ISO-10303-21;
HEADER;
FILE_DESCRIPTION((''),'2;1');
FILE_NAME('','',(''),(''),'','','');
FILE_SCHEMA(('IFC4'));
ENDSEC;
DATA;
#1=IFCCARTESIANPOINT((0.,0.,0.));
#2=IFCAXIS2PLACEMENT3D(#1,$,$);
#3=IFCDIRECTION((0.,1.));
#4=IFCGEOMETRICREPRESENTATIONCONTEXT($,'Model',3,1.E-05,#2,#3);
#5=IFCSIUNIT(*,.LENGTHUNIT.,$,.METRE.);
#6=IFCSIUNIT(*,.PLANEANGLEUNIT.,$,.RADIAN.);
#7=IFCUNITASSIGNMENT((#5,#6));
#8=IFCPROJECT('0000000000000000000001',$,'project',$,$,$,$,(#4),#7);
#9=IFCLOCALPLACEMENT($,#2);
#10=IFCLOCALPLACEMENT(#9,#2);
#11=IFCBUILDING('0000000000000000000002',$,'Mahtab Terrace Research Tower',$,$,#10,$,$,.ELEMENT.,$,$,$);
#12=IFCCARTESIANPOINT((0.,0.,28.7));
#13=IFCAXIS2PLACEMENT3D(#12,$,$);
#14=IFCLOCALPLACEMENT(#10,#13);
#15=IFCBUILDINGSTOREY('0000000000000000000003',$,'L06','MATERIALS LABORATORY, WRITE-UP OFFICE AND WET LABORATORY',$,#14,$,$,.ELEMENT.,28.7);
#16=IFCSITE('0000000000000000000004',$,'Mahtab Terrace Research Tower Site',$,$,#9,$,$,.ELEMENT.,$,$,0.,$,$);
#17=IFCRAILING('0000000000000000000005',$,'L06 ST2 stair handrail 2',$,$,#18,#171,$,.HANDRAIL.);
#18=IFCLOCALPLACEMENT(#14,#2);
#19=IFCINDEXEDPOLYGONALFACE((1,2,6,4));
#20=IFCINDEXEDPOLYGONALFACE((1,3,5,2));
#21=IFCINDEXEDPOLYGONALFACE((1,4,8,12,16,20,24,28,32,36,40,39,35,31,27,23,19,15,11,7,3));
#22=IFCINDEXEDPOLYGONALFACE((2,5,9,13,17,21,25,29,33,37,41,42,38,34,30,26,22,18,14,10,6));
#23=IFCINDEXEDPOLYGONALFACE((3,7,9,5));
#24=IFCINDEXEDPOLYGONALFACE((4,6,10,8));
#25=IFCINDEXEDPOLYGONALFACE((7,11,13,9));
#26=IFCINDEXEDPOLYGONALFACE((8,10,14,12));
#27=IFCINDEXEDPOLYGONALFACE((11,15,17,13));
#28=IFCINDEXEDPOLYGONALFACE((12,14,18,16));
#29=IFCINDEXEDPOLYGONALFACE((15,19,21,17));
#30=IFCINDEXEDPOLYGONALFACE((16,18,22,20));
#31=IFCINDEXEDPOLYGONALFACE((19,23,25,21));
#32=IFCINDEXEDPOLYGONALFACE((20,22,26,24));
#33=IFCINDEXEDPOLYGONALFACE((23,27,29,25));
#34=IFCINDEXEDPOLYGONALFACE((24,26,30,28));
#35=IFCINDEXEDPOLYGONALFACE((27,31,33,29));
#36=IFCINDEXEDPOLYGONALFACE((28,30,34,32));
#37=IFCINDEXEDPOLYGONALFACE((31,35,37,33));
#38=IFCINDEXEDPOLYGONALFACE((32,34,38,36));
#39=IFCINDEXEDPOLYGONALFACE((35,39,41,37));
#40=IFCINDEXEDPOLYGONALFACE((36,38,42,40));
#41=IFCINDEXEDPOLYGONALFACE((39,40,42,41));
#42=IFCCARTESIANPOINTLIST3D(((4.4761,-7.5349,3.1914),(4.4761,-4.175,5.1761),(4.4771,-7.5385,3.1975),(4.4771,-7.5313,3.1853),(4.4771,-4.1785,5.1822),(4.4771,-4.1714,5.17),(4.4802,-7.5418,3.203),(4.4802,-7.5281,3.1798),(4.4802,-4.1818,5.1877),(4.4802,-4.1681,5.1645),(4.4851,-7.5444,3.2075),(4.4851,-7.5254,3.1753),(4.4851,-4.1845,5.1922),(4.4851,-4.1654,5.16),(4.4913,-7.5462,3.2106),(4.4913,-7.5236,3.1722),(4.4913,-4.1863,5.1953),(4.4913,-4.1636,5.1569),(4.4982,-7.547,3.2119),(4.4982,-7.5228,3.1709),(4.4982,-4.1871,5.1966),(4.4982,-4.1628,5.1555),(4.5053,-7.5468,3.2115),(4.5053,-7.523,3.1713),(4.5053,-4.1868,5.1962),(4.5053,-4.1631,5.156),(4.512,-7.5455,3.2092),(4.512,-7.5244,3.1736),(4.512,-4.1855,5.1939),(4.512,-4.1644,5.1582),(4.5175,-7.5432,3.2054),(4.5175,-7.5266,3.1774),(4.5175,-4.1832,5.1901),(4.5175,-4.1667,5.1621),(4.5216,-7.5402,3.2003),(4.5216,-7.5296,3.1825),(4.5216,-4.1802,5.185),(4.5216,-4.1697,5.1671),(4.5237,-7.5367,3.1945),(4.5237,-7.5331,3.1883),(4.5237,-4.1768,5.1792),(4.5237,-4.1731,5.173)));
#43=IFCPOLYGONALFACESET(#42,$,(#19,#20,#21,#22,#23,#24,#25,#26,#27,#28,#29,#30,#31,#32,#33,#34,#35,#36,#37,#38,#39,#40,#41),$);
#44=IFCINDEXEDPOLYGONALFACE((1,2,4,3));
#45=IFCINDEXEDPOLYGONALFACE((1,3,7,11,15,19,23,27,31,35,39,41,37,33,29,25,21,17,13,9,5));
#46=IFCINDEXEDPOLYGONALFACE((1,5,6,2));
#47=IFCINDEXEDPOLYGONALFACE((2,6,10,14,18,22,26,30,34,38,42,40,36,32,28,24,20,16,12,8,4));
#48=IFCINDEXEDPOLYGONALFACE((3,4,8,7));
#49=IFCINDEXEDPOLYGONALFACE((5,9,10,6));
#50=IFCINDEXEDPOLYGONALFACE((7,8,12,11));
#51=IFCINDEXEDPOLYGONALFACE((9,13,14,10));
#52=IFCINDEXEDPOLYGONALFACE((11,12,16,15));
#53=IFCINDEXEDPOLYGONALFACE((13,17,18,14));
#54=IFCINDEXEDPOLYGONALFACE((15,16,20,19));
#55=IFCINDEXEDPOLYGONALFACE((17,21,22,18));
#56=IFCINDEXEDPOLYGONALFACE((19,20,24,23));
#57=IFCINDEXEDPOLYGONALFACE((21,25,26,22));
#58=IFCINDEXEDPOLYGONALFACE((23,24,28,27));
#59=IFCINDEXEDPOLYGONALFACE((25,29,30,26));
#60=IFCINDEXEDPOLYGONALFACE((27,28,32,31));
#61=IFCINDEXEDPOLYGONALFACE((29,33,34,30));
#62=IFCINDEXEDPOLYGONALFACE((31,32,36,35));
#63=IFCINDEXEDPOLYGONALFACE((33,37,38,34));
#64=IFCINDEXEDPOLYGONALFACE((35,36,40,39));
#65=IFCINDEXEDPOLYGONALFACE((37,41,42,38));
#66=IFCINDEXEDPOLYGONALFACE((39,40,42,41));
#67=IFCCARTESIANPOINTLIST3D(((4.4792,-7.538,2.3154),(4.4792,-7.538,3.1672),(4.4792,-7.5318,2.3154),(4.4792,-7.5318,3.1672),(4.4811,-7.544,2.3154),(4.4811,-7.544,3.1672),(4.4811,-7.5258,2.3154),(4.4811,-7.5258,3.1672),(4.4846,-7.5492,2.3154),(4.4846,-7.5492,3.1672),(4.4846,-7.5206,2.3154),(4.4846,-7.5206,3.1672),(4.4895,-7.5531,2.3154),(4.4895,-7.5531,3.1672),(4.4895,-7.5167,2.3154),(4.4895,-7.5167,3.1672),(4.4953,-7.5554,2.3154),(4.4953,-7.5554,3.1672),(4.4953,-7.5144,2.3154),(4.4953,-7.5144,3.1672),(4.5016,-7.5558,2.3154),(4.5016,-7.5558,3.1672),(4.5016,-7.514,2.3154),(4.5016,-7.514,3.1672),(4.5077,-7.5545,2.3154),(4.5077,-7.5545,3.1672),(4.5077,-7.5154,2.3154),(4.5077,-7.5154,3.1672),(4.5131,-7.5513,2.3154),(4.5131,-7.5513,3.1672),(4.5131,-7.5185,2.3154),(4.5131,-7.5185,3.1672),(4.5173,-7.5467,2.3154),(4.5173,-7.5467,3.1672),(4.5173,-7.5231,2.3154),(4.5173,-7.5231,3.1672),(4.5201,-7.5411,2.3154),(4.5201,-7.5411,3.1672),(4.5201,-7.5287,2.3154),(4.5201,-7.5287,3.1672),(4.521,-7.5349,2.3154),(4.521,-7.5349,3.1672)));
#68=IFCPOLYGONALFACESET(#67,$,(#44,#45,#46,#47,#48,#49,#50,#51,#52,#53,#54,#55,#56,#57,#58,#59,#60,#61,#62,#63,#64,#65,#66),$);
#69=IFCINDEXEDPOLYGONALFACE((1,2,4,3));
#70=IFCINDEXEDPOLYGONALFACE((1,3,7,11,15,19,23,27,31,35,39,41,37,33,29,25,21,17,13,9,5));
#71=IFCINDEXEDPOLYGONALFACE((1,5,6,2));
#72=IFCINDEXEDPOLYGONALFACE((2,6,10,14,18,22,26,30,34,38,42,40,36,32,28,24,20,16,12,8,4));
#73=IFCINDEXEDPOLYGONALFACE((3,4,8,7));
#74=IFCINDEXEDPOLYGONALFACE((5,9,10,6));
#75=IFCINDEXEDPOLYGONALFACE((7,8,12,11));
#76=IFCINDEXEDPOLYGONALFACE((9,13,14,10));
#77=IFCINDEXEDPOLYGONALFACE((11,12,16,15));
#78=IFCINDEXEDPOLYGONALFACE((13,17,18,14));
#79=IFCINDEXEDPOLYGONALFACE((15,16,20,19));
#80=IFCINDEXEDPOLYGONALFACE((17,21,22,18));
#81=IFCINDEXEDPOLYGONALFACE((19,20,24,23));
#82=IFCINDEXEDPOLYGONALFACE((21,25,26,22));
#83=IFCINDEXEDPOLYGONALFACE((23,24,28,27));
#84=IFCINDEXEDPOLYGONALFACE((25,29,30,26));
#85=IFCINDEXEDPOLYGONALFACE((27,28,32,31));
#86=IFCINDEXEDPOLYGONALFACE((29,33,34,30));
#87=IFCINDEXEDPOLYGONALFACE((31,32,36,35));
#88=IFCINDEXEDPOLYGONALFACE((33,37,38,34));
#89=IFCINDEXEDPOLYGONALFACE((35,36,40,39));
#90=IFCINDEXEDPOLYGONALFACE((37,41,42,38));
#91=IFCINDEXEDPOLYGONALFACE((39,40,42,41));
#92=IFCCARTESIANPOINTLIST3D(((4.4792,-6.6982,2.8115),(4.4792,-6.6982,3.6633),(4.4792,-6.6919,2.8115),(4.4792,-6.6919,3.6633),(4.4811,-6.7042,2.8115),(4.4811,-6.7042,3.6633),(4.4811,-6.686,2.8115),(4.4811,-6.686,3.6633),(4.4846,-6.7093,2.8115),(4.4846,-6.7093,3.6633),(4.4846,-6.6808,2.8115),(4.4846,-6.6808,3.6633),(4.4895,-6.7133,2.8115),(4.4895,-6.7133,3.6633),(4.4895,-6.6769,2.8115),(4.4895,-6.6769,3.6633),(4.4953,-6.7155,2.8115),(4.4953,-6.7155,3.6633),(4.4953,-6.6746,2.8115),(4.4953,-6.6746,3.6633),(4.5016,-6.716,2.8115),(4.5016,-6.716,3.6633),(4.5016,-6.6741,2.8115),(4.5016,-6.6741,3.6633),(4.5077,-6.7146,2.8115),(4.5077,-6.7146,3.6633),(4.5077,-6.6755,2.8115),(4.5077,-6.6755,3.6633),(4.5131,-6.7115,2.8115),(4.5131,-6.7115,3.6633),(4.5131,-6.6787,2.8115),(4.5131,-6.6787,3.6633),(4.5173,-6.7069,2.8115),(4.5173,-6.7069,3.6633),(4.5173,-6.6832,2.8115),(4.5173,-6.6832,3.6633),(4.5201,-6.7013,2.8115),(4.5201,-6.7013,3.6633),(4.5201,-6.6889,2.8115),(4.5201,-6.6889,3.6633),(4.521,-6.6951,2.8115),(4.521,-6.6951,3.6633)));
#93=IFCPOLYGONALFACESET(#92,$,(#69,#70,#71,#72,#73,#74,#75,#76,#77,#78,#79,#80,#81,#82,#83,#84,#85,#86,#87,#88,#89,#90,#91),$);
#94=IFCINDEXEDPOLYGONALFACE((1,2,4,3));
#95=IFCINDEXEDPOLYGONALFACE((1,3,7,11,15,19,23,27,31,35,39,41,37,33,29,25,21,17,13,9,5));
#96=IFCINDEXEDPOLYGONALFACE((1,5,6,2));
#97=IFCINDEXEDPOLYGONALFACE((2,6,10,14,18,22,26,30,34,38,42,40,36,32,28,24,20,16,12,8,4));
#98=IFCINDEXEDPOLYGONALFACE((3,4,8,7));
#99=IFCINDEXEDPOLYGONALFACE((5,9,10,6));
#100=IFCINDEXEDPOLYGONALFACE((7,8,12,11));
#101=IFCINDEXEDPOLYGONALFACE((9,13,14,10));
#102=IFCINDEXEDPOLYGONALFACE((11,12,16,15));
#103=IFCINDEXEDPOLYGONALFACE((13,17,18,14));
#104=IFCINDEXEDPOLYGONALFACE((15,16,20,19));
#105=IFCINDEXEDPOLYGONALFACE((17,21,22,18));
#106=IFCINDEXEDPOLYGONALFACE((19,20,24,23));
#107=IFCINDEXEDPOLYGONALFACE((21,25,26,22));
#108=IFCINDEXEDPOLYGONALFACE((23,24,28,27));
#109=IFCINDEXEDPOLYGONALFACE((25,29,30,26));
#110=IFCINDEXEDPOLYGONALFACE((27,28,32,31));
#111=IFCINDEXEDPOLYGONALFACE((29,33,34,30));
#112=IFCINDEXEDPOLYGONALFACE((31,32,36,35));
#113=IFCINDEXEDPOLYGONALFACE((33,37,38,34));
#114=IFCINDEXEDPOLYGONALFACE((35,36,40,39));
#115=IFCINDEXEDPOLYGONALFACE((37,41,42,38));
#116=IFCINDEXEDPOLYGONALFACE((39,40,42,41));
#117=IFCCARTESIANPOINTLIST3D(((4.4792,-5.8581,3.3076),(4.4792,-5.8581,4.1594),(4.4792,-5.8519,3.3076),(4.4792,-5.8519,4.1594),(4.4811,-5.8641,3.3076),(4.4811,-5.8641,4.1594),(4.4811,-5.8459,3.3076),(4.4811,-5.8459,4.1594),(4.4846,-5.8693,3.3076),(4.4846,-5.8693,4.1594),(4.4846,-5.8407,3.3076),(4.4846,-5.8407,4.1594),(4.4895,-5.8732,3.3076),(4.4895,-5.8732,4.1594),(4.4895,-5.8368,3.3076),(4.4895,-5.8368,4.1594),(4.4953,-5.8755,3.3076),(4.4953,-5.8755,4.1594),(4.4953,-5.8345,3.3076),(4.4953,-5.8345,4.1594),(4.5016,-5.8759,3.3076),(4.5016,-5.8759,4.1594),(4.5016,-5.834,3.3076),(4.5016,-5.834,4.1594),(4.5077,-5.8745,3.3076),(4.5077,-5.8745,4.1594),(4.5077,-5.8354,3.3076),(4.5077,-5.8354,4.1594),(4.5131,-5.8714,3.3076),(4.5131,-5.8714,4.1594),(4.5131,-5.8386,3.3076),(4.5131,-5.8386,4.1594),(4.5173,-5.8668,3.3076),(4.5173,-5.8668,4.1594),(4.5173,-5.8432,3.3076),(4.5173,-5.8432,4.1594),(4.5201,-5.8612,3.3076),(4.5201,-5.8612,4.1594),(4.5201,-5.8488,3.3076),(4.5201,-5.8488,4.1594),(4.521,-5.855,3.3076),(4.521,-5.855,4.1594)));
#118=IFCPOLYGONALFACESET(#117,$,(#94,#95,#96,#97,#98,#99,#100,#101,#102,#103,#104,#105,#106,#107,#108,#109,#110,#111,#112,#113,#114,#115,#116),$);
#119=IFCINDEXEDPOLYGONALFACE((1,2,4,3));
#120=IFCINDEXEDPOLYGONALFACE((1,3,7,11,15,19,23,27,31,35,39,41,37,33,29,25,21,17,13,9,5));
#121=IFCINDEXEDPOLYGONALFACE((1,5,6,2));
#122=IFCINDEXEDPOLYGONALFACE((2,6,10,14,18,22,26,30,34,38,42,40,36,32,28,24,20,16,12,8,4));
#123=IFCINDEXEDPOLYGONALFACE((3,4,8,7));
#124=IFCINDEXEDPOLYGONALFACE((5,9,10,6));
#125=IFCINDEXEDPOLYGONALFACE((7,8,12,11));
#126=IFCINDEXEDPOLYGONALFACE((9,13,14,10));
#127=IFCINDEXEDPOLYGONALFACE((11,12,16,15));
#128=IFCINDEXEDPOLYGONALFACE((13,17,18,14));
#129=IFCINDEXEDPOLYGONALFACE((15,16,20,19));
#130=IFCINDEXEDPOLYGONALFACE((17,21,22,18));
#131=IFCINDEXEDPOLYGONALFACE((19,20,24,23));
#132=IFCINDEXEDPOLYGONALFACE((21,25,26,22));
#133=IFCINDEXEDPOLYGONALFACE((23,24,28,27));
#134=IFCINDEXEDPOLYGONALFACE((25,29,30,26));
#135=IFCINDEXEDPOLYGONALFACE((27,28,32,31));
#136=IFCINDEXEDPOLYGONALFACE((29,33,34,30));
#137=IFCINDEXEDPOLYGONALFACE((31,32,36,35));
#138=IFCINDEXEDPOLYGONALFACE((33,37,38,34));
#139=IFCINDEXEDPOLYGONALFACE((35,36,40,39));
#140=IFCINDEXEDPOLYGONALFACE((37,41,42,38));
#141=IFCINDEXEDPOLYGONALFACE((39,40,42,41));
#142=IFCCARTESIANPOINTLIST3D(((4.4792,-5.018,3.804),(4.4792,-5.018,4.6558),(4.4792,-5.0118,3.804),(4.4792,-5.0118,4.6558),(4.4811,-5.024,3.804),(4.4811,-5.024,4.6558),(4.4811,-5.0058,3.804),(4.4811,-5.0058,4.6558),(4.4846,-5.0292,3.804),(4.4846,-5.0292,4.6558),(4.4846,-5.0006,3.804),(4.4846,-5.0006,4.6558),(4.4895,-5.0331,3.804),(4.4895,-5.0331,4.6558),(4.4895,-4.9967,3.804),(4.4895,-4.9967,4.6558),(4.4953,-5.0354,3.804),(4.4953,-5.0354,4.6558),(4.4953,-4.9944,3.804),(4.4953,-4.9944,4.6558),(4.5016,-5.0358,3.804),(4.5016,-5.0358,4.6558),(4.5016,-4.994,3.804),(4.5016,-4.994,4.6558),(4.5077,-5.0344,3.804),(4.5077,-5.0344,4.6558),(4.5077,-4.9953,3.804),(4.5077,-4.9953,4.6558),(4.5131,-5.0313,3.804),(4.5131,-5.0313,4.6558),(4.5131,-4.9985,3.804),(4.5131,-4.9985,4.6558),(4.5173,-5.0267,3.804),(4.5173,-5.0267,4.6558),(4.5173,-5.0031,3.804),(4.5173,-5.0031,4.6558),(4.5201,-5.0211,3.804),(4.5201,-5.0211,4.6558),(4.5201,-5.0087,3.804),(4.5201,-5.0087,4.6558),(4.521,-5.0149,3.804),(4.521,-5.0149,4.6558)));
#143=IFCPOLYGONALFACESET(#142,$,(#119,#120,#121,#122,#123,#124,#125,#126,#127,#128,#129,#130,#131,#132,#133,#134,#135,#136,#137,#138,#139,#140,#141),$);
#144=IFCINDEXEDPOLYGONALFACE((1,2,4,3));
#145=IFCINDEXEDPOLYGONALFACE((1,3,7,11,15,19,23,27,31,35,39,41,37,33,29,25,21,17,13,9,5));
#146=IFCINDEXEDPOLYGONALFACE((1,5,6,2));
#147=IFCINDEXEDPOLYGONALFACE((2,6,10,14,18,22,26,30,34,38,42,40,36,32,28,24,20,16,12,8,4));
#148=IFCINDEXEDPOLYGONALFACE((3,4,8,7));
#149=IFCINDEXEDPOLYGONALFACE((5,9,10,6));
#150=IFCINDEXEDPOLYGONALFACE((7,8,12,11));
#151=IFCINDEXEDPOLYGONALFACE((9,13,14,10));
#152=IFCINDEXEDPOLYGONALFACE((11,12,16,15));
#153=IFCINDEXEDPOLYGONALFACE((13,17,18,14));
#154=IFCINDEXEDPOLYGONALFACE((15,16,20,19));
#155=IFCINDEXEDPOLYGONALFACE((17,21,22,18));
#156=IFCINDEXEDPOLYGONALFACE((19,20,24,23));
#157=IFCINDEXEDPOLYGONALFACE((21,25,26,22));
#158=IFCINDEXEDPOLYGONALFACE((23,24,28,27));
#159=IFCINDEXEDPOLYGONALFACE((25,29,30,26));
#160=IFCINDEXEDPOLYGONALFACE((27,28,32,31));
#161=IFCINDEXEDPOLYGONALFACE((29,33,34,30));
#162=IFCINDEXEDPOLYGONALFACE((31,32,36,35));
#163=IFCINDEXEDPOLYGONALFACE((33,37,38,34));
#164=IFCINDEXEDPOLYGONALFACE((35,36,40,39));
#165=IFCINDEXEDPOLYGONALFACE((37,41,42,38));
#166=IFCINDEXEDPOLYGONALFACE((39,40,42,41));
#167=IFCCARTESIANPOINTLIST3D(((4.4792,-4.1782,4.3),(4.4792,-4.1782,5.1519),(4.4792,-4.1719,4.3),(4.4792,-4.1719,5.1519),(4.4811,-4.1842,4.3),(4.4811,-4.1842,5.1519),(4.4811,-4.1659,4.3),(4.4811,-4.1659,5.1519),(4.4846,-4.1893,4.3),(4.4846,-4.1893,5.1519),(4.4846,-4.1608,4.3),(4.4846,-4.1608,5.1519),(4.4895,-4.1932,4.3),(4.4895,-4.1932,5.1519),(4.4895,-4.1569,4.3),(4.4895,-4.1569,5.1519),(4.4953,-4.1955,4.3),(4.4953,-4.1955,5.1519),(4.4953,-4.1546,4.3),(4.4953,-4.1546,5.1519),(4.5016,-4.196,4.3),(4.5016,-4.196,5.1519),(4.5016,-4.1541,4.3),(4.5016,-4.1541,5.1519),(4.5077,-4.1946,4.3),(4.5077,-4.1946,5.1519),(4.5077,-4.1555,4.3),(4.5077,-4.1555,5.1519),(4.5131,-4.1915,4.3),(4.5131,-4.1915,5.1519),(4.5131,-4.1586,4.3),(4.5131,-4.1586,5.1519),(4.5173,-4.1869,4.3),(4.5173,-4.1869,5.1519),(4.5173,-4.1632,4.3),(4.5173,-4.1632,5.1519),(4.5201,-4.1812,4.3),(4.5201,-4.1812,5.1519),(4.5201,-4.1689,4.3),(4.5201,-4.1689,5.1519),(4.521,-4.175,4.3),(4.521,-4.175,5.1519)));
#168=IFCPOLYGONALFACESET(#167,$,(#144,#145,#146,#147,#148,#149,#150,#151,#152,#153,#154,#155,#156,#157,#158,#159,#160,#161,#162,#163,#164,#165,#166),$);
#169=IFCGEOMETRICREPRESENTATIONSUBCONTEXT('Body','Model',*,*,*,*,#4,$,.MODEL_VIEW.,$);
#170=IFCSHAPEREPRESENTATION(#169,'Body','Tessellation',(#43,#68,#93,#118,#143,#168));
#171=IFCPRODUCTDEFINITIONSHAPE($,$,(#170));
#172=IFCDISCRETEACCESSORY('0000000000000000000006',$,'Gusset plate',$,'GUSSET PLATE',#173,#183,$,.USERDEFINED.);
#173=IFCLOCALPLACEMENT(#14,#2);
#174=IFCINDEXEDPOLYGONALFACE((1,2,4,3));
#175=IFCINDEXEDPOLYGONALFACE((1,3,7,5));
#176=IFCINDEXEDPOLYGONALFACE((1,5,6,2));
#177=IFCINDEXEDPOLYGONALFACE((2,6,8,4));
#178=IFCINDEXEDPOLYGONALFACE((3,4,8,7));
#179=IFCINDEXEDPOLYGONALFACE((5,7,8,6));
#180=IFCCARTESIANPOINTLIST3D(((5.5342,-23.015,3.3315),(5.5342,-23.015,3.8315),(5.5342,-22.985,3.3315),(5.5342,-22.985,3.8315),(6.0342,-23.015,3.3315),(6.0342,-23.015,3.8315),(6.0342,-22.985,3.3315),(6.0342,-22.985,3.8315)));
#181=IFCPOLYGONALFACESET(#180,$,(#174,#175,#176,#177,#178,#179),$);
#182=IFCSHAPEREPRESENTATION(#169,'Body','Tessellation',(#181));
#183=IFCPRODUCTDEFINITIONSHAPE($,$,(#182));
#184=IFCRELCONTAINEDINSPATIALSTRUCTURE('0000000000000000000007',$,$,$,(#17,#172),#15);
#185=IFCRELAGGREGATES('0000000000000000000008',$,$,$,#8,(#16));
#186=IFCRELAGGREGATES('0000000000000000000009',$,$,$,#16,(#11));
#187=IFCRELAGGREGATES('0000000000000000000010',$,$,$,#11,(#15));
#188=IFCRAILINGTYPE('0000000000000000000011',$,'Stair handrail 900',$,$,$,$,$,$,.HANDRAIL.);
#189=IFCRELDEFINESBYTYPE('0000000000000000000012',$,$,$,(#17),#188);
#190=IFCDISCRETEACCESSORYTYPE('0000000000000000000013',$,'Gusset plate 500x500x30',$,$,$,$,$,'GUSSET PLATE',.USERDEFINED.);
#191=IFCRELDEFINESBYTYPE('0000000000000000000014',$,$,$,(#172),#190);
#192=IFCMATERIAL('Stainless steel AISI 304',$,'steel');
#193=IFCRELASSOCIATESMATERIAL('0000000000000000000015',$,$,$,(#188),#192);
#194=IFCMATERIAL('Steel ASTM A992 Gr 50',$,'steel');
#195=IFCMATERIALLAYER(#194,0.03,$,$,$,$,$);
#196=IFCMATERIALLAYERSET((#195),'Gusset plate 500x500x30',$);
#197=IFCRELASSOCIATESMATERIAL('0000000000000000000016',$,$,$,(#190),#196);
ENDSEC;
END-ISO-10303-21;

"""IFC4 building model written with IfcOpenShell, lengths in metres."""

from ifc_helpers import new_model, si_unit, direction, frame, origin, origin_2d, place, context, subcontext, project, spatial, rectangle, circle, extrude, material, layer, layer_set, type_object, element, save


model = new_model("IFC4")

# Units and contexts
model_context = context("Model", 3, precision=1e-05, world=origin(), true_north=direction((0.0, 1.0)))
body_context = subcontext(model_context, "Body", "Model", "MODEL_VIEW")
ifc_project = project(units=[si_unit("LENGTHUNIT", "METRE"), si_unit("PLANEANGLEUNIT", "RADIAN")], contexts=[model_context])

# Site, building, storey
site_placement = place(None, origin())
site = spatial("IfcSite", under=ifc_project, at=site_placement, Name="Mahtab Terrace Research Tower Site", CompositionType="ELEMENT", RefElevation=0.0)
building_placement = place(site_placement, origin())
building = spatial("IfcBuilding", under=site, at=building_placement, Name="Mahtab Terrace Research Tower", CompositionType="ELEMENT")
storey_placement = place(building_placement, frame((0.0, 0.0, 28.7)))
storey = spatial("IfcBuildingStorey", under=building, at=storey_placement, Name="L06", Description="MATERIALS LABORATORY, WRITE-UP OFFICE AND WET LABORATORY", CompositionType="ELEMENT", Elevation=28.7)

# Shared definitions
ifc_material_1 = material(Name="Steel ASTM A992 Gr 50", Category="steel")

# Railing
ifc_material_2 = material(Name="Stainless steel AISI 304", Category="steel")
railing_type_1 = type_object("IfcRailingType", Name="Stair handrail 900", PredefinedType="HANDRAIL", material=ifc_material_2)
railing_1_placement = place(storey_placement, frame((4.5, -7.5349, 2.3154)))
element("IfcRailing", 1, at=railing_1_placement, inside=storey, type_object=railing_type_1, Name="L06 ST2 stair handrail 2", PredefinedType="HANDRAIL", context=body_context, shape_type="SweptSolid", body=[
    extrude(circle(Radius=0.0239, at=origin_2d()), frame((0.0, 0.0, 0.876), z_axis=(0.0, 0.861011, 0.508586), x_axis=(-1.0, 0.0, 0.0)), (0.0, 0.0, 1.0), 3.9023),
    extrude(circle(Radius=0.021, at=origin_2d()), origin(), (0.0, 0.0, 1.0), 0.8518),
    extrude(circle(Radius=0.021, at=origin_2d()), frame((0.0, 0.8398, 0.4961)), (0.0, 0.0, 1.0), 0.8518),
    extrude(circle(Radius=0.021, at=origin_2d()), frame((0.0, 1.6799, 0.9922)), (0.0, 0.0, 1.0), 0.8518),
    extrude(circle(Radius=0.021, at=origin_2d()), frame((0.0, 2.52, 1.4885)), (0.0, 0.0, 1.0), 0.8518),
    extrude(circle(Radius=0.021, at=origin_2d()), frame((0.0, 3.3599, 1.9846)), (0.0, 0.0, 1.0), 0.8518),
])

# Discrete accessory
ifc_layer_1 = layer(ifc_material_1, 0.03)
ifc_layer_set_1 = layer_set([ifc_layer_1], Name="Gusset plate 500x500x30")
discrete_accessory_type = type_object("IfcDiscreteAccessoryType", Name="Gusset plate 500x500x30", ElementType="GUSSET PLATE", PredefinedType="USERDEFINED", material=ifc_layer_set_1)
discrete_accessory_placement = place(storey_placement, frame((5.7842, -23.0, 3.3315), z_axis=(0.0, 0.0, 1.0), x_axis=(1.0, 0.0, 0.0)))
element("IfcDiscreteAccessory", 2, at=discrete_accessory_placement, inside=storey, type_object=discrete_accessory_type, Name="Gusset plate", ObjectType="GUSSET PLATE", PredefinedType="USERDEFINED", context=body_context, shape_type="SweptSolid", body=[
    extrude(rectangle(XDim=0.5, YDim=0.03, at=origin_2d()), origin(), (0.0, 0.0, 1.0), 0.5),
])

save(model, "model.ifc")
